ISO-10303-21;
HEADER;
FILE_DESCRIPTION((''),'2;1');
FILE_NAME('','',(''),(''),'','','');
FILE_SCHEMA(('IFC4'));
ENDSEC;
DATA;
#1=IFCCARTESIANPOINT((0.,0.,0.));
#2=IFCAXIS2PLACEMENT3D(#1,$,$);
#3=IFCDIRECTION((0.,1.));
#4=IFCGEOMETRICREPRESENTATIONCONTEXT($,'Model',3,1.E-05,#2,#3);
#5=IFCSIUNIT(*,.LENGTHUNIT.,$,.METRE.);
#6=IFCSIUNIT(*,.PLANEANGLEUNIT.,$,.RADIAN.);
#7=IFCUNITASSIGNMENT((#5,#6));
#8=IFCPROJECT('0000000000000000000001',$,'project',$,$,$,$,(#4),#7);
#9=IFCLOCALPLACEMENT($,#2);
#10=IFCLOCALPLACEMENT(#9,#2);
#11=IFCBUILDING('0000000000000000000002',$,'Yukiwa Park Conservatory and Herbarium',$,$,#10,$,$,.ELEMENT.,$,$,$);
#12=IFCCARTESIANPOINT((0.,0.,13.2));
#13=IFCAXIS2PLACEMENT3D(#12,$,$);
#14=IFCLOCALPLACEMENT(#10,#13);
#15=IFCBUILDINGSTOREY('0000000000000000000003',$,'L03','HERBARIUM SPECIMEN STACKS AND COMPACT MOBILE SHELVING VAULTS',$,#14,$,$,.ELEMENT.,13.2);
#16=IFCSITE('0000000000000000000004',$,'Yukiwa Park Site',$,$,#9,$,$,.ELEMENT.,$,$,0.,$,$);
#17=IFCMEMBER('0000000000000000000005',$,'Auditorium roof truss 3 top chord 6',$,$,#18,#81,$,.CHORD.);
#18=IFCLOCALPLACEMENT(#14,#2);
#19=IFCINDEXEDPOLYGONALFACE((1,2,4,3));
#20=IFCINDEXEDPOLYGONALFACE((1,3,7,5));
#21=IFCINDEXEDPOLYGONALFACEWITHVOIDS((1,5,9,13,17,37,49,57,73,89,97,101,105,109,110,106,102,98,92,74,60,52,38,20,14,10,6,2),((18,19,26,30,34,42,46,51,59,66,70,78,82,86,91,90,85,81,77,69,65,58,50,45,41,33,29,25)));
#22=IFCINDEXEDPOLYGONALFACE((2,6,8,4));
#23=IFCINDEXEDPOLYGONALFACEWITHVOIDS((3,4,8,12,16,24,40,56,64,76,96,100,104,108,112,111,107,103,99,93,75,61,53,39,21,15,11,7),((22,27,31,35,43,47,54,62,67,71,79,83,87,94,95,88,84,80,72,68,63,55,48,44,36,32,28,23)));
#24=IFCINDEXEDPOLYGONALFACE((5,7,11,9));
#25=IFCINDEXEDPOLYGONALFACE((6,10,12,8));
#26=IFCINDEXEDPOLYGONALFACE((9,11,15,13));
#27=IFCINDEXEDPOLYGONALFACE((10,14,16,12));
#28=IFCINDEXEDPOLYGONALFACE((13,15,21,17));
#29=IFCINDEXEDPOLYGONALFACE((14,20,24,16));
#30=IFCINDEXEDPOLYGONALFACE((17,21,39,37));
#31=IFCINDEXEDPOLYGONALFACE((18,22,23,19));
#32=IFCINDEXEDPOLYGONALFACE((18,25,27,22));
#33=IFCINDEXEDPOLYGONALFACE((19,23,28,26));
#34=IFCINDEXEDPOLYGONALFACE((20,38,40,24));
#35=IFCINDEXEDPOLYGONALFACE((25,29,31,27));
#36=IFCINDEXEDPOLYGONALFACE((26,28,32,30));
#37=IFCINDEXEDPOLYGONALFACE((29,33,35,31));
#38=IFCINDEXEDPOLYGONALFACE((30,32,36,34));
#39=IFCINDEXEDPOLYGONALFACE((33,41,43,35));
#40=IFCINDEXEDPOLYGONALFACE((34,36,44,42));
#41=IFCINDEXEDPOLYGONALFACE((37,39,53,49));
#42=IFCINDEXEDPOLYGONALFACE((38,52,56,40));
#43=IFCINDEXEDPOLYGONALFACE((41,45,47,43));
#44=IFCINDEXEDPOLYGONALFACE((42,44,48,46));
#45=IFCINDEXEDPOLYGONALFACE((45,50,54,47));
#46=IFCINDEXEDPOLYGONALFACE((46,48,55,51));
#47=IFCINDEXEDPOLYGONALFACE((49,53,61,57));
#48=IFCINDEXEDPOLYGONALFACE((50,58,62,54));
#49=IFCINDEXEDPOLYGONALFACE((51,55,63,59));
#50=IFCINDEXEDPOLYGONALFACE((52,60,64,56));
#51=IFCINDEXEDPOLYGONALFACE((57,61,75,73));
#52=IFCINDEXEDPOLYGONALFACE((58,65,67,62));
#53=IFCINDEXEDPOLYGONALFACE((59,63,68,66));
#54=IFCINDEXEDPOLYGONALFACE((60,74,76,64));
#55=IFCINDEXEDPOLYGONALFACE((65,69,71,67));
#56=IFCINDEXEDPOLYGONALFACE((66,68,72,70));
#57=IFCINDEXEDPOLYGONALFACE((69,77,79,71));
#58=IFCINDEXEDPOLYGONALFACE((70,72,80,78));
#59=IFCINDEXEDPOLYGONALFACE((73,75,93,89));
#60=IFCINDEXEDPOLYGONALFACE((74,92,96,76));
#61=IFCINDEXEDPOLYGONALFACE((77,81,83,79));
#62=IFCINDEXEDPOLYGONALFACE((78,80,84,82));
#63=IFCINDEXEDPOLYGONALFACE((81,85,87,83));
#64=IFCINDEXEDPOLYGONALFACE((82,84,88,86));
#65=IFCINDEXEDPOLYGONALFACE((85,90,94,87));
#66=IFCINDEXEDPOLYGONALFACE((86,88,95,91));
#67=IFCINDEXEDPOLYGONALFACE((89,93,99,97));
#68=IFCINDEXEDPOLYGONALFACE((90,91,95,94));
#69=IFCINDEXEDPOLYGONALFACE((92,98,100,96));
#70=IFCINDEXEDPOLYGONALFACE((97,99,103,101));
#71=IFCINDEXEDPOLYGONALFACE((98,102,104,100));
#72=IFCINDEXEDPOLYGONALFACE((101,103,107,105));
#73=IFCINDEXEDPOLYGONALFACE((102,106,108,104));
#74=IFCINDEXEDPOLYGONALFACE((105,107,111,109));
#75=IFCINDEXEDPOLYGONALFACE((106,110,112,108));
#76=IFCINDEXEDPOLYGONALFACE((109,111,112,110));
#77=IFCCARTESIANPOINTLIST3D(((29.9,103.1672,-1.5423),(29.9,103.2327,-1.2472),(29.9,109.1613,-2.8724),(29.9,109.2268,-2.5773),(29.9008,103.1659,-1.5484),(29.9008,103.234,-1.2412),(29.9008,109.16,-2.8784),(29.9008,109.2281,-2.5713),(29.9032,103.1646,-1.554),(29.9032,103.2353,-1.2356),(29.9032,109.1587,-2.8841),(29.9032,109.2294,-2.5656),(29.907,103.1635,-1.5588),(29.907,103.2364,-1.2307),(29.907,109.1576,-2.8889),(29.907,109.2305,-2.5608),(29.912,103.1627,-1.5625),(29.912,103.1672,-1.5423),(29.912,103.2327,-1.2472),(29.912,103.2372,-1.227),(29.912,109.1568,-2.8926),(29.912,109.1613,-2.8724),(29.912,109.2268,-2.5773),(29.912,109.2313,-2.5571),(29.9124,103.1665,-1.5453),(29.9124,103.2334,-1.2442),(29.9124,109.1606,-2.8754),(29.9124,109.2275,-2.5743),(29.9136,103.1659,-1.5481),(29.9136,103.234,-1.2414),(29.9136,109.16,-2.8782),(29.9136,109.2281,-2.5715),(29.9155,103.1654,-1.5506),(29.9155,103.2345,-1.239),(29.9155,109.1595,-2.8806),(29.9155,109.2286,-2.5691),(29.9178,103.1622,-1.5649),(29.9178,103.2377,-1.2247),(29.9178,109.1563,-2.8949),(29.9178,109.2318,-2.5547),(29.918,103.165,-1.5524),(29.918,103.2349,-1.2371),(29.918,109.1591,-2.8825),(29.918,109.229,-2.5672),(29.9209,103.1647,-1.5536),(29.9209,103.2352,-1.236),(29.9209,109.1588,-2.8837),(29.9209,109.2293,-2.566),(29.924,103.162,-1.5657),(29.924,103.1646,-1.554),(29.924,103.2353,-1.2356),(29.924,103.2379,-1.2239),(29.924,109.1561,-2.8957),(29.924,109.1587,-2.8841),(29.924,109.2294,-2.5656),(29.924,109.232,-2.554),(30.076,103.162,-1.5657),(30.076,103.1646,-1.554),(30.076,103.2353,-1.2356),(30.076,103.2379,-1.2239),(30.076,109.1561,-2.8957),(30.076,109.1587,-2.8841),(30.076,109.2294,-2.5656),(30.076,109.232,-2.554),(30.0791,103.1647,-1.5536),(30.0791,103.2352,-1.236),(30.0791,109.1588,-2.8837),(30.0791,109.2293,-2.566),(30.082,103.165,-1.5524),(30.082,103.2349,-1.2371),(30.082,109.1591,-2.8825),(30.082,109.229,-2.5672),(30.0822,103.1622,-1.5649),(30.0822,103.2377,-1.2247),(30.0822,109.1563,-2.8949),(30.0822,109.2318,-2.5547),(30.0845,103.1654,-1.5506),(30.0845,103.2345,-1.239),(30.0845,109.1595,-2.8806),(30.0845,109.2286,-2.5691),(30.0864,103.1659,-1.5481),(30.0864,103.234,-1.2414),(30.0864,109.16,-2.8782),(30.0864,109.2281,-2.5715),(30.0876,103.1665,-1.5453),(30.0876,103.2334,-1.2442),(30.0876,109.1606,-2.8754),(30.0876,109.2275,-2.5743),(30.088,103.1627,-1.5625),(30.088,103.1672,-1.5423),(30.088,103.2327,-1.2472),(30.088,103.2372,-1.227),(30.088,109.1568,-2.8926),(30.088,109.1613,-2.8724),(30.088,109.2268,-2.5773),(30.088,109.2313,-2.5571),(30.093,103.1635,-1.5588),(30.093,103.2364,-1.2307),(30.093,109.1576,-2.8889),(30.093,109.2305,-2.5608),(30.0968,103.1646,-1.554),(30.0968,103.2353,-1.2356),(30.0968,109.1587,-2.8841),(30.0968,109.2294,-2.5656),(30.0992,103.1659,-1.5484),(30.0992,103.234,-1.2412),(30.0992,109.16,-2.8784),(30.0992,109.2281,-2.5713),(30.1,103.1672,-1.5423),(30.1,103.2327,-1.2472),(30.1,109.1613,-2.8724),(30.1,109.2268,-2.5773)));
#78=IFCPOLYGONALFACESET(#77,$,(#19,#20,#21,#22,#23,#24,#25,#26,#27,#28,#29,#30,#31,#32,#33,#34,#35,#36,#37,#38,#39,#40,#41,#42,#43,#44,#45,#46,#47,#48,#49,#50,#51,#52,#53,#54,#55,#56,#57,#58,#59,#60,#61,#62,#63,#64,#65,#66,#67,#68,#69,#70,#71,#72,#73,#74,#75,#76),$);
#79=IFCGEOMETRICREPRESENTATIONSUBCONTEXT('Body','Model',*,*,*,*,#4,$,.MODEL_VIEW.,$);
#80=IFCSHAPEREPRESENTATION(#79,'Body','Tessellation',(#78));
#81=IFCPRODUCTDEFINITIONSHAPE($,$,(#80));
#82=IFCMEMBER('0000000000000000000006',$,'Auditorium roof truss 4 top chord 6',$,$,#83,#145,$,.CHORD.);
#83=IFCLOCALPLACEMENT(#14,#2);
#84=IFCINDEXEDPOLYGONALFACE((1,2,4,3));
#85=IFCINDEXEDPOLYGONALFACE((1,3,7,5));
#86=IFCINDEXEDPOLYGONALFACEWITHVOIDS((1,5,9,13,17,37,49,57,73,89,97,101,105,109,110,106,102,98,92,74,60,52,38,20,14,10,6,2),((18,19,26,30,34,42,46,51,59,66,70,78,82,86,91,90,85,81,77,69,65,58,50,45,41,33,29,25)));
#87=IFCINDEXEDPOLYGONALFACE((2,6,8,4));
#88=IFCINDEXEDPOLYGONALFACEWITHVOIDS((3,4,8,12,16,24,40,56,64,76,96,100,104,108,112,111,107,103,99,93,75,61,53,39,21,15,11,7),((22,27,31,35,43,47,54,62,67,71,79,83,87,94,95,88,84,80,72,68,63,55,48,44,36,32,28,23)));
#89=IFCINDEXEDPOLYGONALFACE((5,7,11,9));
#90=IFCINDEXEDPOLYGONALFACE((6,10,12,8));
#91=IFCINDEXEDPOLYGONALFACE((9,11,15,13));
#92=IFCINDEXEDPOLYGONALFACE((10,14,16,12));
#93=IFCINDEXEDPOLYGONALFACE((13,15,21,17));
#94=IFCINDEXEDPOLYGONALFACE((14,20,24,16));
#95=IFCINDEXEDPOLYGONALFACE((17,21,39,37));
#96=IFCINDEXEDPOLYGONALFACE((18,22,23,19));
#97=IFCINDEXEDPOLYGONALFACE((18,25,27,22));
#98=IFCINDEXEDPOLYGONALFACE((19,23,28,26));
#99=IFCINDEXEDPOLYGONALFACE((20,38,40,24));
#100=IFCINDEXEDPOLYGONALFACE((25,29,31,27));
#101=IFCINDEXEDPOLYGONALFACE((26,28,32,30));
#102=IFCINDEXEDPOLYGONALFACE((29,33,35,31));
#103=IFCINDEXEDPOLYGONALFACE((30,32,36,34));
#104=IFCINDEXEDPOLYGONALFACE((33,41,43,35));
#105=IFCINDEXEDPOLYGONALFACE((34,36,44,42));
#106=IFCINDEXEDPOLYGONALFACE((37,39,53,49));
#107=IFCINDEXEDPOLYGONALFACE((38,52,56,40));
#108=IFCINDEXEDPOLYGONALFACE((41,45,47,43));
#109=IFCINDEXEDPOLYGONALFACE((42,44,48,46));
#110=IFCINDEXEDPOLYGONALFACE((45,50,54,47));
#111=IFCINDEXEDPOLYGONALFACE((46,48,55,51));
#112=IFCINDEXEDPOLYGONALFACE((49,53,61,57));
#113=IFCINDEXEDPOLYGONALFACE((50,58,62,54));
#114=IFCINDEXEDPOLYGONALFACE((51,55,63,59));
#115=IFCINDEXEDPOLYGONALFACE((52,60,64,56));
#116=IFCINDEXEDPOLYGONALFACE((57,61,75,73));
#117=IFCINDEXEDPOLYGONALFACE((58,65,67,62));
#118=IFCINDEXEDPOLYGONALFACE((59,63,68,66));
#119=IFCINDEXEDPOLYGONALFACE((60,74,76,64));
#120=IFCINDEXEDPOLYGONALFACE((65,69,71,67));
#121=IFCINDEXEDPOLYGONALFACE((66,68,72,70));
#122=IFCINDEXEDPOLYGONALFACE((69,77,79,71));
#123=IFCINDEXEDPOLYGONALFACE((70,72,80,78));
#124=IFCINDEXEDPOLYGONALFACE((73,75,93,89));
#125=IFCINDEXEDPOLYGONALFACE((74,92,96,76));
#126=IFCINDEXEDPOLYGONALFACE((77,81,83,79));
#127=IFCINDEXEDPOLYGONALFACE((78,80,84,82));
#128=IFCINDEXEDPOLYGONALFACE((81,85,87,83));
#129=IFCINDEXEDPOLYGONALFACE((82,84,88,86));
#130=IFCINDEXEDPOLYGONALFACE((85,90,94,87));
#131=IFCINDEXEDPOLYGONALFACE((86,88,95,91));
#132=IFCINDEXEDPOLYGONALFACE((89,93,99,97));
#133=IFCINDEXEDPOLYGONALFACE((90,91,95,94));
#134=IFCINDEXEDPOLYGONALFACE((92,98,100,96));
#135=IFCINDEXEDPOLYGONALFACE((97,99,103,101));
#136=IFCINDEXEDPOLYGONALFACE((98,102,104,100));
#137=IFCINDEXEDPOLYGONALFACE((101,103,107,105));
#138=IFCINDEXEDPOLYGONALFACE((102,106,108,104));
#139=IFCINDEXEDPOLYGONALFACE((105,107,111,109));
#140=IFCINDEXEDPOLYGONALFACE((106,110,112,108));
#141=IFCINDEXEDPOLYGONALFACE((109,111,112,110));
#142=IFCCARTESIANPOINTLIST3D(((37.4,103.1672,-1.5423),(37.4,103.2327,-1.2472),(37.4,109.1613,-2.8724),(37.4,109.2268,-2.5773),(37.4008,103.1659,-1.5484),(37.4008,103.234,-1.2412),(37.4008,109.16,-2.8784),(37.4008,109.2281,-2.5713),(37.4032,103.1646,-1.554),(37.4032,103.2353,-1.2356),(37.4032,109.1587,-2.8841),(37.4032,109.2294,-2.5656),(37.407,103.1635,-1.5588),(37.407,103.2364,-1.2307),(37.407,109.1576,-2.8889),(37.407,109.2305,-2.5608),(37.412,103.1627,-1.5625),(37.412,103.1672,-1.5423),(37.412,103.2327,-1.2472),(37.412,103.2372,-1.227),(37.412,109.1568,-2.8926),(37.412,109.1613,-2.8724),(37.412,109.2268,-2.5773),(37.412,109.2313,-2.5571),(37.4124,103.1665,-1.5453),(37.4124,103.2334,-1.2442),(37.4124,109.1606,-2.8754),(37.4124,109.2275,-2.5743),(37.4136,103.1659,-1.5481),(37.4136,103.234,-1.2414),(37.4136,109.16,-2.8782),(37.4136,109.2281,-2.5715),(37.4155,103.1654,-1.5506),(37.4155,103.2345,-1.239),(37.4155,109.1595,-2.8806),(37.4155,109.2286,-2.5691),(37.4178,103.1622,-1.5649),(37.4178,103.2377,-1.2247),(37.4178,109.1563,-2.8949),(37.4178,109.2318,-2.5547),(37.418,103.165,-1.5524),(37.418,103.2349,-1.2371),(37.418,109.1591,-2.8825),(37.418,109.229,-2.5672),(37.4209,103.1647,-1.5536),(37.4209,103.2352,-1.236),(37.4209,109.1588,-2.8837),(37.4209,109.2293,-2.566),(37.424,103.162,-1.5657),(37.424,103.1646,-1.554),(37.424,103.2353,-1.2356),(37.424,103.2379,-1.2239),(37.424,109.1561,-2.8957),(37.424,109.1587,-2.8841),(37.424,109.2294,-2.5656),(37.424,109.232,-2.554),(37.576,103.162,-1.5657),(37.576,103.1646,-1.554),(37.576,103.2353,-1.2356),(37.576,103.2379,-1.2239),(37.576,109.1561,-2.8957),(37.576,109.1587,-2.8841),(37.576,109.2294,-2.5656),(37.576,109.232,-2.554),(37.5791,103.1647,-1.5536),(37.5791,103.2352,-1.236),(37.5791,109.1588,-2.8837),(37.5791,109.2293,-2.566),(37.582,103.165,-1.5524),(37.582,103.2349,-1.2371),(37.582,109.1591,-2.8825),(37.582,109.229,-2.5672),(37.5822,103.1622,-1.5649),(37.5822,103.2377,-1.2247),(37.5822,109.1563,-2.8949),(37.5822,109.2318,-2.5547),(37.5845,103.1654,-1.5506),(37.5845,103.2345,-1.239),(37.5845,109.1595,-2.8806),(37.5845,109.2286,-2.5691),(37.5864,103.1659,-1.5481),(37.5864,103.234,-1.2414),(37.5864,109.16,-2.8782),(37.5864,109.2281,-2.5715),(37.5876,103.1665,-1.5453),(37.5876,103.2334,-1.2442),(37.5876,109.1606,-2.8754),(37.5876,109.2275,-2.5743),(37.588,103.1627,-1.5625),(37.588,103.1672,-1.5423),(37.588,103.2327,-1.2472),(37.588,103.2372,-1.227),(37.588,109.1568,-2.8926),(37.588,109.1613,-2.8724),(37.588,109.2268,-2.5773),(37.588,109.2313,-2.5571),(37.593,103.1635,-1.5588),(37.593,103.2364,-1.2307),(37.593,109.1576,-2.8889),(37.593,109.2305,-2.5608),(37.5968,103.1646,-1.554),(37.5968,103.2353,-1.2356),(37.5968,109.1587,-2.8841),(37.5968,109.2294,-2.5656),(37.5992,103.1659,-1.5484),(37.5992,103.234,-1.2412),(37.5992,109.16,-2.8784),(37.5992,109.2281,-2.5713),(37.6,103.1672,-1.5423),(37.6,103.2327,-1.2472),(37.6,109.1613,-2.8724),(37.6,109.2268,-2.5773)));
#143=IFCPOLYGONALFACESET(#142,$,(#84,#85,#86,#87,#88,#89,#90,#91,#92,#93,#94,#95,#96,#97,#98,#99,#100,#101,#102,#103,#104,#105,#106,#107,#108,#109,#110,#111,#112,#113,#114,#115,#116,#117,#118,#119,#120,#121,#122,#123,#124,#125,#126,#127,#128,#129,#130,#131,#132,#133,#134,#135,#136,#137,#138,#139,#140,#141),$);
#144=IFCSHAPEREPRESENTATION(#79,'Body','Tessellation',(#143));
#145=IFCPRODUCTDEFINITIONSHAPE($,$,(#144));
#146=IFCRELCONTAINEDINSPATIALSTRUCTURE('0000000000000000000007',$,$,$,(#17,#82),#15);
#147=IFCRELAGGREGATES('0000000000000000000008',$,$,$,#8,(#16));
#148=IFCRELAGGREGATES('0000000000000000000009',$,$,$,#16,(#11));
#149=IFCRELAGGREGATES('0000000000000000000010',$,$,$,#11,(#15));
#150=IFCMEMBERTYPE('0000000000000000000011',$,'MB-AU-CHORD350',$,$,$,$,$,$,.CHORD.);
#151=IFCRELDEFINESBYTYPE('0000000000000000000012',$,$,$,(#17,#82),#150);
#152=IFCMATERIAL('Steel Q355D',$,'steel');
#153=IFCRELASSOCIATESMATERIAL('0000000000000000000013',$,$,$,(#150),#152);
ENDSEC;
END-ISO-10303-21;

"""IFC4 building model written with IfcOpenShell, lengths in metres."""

from ifc_helpers import new_model, si_unit, direction, frame, origin, origin_2d, place, context, subcontext, project, spatial, hollow_rectangle, extrude, material, material_profile, profile_set, type_object, element, save


model = new_model("IFC4")

# Units and contexts
model_context = context("Model", 3, precision=1e-05, world=origin(), true_north=direction((0.0, 1.0)))
body_context = subcontext(model_context, "Body", "Model", "MODEL_VIEW")
ifc_project = project(units=[si_unit("LENGTHUNIT", "METRE"), si_unit("PLANEANGLEUNIT", "RADIAN")], contexts=[model_context])

# Site, building, storey
site_placement = place(None, origin())
site = spatial("IfcSite", under=ifc_project, at=site_placement, Name="Yukiwa Park Site", CompositionType="ELEMENT", RefElevation=0.0)
building_placement = place(site_placement, origin())
building = spatial("IfcBuilding", under=site, at=building_placement, Name="Yukiwa Park Conservatory and Herbarium", CompositionType="ELEMENT")
storey_placement = place(building_placement, frame((0.0, 0.0, 13.2)))
storey = spatial("IfcBuildingStorey", under=building, at=storey_placement, Name="L03", Description="HERBARIUM SPECIMEN STACKS AND COMPACT MOBILE SHELVING VAULTS", CompositionType="ELEMENT", Elevation=13.2)

# Members
ifc_material_1 = material(Name="Steel Q355D", Category="steel")
ifc_material_profile_1 = material_profile(ifc_material_1, hollow_rectangle(XDim=0.2, YDim=0.3501, WallThickness=0.012, InnerFilletRadius=0.012, OuterFilletRadius=0.0239, at=origin_2d()), Name="RHS 350x200x12")
ifc_profile_set_1 = profile_set([ifc_material_profile_1], Name="Steel Q355D")
member_type_1 = type_object("IfcMemberType", Name="MB-AU-CHORD350", PredefinedType="CHORD", material=ifc_profile_set_1)
for number, where, z_axis, x_axis, name in (
    (1, (30.0, 103.2, -1.3948), (0.0, 0.976254, -0.216627), (-1.0, 0.0, 0.0), "Auditorium roof truss 3 top chord 6"),
    (2, (37.5, 103.2, -1.3948), (0.0, 0.976254, -0.216627), (-1.0, 0.0, 0.0), "Auditorium roof truss 4 top chord 6"),
):
    element("IfcMember", number, at=place(storey_placement, frame(where, z_axis=z_axis, x_axis=x_axis)), inside=storey, type_object=member_type_1, Name=name, PredefinedType="CHORD", context=body_context, shape_type="SweptSolid", body=[
        extrude(hollow_rectangle(XDim=0.2, YDim=0.3501, WallThickness=0.012, InnerFilletRadius=0.012, OuterFilletRadius=0.0239, at=origin_2d()), origin(), (0.0, 0.0, 1.0), 6.1399),
    ])

save(model, "model.ifc")
